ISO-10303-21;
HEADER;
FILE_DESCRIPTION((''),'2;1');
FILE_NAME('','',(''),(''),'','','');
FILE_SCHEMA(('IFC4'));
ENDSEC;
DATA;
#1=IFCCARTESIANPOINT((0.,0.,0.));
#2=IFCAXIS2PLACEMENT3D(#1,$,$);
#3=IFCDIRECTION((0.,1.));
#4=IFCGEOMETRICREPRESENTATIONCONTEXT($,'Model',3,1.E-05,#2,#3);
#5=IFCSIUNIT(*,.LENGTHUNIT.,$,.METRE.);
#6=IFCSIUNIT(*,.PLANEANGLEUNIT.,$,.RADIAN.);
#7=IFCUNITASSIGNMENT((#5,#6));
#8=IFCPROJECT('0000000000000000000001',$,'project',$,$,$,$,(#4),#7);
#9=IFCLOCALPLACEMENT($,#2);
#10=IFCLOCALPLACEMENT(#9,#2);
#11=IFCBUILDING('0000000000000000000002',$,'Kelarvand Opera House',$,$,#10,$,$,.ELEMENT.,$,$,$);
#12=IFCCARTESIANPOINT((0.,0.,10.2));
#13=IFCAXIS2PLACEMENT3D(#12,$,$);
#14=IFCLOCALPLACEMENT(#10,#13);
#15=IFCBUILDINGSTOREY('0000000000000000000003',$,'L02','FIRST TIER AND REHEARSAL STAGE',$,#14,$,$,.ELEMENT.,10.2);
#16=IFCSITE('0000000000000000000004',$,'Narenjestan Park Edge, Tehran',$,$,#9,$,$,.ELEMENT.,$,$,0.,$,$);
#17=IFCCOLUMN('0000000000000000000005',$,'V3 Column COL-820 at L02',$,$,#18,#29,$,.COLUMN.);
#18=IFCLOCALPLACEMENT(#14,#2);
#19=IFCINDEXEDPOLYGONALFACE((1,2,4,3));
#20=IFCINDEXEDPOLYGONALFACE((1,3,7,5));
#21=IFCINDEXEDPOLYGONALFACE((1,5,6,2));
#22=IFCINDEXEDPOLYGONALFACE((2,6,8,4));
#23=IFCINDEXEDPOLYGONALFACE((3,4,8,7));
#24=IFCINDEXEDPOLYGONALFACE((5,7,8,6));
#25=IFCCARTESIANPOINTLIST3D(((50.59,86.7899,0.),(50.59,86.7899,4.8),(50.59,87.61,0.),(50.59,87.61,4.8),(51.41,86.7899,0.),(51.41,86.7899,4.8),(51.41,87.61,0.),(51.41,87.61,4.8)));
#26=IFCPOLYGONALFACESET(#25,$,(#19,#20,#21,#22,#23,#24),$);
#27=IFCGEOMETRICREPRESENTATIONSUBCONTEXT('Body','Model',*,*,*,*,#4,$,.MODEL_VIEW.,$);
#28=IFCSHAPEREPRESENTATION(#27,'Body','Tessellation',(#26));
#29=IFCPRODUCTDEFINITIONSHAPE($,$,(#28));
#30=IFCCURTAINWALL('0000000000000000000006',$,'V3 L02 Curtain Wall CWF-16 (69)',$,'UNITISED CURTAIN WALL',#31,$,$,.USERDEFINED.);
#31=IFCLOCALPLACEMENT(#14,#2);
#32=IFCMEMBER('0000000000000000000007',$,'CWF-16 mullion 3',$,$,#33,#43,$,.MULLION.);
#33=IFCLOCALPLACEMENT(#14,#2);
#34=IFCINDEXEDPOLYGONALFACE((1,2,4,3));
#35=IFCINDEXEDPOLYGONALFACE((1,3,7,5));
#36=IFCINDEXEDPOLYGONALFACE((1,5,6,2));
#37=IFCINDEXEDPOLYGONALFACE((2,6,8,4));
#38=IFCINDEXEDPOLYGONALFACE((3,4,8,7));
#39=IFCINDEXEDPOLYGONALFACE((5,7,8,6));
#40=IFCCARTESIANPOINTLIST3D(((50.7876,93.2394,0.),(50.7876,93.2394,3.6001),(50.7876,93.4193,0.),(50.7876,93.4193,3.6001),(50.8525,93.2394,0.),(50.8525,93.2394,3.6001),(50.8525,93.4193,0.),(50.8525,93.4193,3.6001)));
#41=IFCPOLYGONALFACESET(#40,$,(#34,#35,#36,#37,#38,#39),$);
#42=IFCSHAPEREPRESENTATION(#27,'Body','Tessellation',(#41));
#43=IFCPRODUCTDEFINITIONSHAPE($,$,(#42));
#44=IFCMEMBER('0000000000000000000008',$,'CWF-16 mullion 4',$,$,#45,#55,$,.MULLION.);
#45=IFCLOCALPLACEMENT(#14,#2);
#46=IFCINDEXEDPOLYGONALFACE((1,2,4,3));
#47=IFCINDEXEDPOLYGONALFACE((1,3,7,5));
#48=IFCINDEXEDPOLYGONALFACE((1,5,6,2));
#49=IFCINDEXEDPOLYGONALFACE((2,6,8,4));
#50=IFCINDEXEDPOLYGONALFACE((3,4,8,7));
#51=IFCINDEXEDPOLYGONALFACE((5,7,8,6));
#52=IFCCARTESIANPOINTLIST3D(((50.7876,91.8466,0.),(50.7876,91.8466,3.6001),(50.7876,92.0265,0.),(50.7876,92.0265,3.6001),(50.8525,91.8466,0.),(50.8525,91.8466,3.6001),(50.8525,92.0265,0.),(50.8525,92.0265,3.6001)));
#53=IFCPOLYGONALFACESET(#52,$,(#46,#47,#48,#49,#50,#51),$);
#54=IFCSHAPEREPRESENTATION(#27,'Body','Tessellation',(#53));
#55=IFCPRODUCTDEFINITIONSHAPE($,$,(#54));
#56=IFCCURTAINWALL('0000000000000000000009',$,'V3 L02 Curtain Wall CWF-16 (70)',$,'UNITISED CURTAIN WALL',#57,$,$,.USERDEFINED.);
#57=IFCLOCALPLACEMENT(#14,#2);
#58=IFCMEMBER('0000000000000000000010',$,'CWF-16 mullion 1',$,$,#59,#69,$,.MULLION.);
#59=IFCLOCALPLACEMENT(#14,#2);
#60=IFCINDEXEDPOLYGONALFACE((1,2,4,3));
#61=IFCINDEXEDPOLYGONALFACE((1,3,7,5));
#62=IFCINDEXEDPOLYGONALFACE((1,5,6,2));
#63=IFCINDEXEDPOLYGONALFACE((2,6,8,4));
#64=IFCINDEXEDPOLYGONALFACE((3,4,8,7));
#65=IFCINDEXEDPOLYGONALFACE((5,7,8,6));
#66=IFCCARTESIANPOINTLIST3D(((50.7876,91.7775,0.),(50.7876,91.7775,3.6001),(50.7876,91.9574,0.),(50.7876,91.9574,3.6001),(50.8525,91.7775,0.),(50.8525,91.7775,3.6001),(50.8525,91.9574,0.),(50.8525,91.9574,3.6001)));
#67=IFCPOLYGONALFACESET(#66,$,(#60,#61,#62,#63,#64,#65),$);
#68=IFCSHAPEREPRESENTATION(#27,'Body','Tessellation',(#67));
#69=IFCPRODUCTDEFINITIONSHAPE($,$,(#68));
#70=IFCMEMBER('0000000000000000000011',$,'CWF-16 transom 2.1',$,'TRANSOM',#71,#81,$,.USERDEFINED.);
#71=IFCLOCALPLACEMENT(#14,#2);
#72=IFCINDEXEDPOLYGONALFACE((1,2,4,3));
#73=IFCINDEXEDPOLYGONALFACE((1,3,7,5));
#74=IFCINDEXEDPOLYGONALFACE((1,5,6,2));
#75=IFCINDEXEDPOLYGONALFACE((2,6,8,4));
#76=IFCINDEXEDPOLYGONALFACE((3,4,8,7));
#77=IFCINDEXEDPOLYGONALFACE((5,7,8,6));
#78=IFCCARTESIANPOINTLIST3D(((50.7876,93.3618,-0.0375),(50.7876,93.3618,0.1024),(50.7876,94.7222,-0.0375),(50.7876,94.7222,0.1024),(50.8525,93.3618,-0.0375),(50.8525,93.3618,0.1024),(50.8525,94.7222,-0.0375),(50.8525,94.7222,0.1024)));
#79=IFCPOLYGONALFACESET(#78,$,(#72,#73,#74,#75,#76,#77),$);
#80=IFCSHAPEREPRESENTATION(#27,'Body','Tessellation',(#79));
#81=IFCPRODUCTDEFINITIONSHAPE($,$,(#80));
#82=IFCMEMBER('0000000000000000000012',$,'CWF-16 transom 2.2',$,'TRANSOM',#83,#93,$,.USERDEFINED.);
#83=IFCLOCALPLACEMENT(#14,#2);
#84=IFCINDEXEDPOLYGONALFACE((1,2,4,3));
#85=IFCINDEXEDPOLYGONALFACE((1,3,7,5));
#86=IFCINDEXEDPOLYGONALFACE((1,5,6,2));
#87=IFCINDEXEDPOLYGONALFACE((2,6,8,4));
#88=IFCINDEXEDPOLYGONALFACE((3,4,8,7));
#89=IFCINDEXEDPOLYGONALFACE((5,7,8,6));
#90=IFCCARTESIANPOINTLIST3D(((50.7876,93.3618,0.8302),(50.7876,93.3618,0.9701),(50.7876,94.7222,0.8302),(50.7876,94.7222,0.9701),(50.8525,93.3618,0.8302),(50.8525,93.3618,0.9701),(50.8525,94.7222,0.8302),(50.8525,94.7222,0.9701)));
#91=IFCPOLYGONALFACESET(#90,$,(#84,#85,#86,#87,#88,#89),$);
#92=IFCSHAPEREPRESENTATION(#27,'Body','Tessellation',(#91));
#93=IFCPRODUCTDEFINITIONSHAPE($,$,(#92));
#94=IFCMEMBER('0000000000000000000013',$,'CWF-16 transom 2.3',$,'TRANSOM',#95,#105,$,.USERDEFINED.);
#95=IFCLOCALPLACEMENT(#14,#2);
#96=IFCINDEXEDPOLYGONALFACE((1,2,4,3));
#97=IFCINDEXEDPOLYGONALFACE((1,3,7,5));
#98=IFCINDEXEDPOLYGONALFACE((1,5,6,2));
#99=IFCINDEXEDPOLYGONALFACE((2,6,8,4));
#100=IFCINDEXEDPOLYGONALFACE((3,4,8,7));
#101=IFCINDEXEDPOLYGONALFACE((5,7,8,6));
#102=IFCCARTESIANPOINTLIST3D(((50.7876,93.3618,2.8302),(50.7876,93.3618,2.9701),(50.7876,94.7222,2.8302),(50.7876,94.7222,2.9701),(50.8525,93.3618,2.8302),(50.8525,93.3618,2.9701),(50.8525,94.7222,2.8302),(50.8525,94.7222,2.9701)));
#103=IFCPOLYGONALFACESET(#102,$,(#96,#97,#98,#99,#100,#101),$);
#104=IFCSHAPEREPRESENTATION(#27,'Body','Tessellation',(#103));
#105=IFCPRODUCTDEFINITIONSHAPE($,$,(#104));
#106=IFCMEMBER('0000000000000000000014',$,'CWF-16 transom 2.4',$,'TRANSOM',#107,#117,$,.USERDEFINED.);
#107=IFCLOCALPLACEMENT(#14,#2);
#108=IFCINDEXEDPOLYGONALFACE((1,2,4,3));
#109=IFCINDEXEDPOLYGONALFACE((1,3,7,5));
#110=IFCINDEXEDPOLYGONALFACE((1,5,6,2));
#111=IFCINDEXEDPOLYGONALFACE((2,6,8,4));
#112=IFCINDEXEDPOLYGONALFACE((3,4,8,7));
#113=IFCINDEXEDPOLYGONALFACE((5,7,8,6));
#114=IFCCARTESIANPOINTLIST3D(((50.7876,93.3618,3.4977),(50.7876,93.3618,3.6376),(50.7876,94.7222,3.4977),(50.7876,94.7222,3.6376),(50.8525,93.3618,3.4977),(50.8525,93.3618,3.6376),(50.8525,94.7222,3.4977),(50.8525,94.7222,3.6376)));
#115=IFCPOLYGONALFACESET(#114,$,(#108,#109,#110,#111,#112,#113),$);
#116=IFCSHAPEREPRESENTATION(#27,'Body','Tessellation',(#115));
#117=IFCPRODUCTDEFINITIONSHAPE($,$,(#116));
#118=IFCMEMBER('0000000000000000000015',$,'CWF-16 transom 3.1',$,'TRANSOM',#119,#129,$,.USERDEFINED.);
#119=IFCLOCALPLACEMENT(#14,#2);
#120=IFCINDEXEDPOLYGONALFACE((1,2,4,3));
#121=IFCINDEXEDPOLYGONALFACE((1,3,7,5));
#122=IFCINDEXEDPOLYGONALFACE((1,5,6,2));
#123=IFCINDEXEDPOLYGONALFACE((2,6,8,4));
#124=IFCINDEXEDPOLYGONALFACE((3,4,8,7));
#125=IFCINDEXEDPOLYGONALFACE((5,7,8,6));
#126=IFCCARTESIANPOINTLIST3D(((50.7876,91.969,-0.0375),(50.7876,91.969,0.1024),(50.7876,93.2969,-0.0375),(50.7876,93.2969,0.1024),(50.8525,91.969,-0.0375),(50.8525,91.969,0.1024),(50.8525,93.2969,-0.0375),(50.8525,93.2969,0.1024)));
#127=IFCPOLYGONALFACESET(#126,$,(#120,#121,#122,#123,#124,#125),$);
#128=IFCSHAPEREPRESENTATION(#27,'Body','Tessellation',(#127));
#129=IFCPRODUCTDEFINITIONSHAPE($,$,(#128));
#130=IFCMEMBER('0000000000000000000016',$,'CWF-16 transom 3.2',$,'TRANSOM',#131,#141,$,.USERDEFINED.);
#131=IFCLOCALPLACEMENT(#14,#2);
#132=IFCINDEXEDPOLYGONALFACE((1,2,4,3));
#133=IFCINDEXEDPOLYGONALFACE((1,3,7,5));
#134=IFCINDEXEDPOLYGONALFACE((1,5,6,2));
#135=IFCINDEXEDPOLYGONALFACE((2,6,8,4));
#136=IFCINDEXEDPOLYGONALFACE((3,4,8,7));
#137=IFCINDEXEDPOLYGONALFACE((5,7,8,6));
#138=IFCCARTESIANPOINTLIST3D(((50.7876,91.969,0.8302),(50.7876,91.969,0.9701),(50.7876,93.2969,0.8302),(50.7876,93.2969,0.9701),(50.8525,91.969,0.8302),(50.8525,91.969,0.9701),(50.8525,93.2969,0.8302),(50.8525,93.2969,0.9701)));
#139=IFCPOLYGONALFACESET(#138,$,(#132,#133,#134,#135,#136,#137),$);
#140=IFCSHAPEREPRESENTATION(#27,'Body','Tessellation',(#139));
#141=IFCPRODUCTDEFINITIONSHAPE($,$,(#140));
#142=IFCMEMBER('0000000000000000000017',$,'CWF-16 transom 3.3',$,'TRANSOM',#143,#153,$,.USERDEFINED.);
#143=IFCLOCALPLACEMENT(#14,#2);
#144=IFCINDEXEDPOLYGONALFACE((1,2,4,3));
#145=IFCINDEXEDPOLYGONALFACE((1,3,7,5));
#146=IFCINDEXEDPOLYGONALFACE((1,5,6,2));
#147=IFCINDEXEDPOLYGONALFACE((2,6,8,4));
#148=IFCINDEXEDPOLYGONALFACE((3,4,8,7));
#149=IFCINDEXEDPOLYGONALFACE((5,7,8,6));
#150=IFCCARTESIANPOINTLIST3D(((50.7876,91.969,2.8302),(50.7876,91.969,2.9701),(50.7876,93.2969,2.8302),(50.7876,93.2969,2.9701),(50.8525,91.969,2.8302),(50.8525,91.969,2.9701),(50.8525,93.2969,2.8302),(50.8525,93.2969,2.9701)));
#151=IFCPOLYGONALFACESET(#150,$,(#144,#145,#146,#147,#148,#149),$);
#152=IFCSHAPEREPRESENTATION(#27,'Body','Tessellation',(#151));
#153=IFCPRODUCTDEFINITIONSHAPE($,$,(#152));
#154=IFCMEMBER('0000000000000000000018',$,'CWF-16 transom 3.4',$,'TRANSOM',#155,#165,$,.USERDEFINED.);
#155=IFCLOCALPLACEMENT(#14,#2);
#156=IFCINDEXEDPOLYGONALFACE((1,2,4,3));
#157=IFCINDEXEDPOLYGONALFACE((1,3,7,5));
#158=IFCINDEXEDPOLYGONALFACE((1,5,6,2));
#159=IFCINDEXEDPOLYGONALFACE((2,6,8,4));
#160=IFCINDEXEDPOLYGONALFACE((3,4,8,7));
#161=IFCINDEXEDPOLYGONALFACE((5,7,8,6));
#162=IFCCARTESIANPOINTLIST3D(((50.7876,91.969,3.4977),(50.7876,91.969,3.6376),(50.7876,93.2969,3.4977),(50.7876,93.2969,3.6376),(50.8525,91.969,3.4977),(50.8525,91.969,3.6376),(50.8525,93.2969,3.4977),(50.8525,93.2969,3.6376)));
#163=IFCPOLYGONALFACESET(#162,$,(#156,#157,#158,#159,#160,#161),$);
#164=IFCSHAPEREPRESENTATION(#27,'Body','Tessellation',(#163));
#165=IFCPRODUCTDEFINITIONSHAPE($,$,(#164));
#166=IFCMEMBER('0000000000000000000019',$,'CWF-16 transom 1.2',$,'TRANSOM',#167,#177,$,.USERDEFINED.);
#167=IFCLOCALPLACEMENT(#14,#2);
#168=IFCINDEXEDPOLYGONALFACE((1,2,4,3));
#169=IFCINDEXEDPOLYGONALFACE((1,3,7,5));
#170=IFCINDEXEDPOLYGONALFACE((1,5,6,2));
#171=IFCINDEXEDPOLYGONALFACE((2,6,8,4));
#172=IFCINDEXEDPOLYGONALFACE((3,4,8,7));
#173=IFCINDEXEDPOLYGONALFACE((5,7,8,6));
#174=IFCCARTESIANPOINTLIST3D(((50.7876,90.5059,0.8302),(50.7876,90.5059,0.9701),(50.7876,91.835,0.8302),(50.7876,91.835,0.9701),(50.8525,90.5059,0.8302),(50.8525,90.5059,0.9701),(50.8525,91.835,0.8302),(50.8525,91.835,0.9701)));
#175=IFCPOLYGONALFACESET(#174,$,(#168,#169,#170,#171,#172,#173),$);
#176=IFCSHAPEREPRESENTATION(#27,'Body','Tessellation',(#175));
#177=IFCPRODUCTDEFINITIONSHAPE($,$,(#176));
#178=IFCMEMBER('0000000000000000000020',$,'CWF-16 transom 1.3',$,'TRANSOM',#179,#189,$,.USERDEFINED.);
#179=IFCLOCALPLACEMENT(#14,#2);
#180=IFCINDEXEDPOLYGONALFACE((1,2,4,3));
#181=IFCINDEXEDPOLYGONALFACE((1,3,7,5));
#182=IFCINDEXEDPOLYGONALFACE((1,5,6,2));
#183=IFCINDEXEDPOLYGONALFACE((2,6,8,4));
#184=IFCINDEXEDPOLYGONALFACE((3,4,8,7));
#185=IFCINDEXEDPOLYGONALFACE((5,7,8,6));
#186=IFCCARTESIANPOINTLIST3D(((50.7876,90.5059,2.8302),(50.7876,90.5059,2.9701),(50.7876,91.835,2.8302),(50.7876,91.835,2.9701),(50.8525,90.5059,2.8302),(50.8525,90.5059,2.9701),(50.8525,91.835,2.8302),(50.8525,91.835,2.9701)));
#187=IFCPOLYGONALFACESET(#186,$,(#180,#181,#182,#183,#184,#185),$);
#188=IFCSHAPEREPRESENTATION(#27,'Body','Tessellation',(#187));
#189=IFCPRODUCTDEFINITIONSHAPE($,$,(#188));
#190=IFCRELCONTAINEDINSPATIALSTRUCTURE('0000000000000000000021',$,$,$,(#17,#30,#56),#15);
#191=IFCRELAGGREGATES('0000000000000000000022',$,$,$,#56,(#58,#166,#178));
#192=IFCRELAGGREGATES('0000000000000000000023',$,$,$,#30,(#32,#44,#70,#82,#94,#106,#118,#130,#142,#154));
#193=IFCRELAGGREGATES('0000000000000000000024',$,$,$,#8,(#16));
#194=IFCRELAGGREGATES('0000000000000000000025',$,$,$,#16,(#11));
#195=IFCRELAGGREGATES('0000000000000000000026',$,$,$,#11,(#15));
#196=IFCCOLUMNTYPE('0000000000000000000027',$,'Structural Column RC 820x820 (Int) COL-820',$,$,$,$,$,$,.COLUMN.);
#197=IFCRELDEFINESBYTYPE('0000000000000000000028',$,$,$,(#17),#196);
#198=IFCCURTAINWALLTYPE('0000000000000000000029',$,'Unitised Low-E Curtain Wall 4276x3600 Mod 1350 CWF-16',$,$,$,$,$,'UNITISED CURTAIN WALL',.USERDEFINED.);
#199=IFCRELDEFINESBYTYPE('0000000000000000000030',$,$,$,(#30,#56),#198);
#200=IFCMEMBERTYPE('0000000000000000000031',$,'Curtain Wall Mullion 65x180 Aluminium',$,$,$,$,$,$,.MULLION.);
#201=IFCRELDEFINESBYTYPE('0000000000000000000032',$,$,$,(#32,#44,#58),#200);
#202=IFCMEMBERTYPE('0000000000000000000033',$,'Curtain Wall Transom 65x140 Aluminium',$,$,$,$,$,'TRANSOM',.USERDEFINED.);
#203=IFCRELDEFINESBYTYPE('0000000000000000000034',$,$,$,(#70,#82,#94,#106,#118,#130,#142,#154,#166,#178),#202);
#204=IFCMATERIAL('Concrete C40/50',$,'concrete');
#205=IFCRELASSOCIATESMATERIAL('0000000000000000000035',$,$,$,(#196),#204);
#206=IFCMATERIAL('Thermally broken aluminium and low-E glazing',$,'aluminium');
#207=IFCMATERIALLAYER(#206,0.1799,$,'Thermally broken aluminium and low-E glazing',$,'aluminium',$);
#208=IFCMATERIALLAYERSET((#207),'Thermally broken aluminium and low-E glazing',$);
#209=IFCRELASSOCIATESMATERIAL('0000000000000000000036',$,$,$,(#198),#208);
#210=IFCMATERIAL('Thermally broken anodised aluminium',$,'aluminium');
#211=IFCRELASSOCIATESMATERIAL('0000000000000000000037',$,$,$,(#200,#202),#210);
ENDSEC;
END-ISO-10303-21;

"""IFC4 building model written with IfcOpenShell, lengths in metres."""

from ifc_helpers import new_model, si_unit, direction, frame, origin, origin_2d, place, context, subcontext, project, spatial, rectangle, extrude, material, layer, layer_set, material_profile, profile_set, type_object, element, aggregate, save


model = new_model("IFC4")

# Units and contexts
model_context = context("Model", 3, precision=1e-05, world=origin(), true_north=direction((0.0, 1.0)))
body_context = subcontext(model_context, "Body", "Model", "MODEL_VIEW")
ifc_project = project(units=[si_unit("LENGTHUNIT", "METRE"), si_unit("PLANEANGLEUNIT", "RADIAN")], contexts=[model_context])

# Site, building, storey
site_placement = place(None, origin())
site = spatial("IfcSite", under=ifc_project, at=site_placement, Name="Narenjestan Park Edge, Tehran", CompositionType="ELEMENT", RefElevation=0.0)
building_placement = place(site_placement, origin())
building = spatial("IfcBuilding", under=site, at=building_placement, Name="Kelarvand Opera House", CompositionType="ELEMENT")
storey_placement = place(building_placement, frame((0.0, 0.0, 10.2)))
storey = spatial("IfcBuildingStorey", under=building, at=storey_placement, Name="L02", Description="FIRST TIER AND REHEARSAL STAGE", CompositionType="ELEMENT", Elevation=10.2)

# Column
ifc_material_1 = material(Name="Concrete C40/50", Category="concrete")
ifc_material_profile_1 = material_profile(ifc_material_1, rectangle(XDim=0.8201, YDim=0.8201, at=origin_2d()), Name="RC 820x820", Category="concrete")
ifc_profile_set_1 = profile_set([ifc_material_profile_1], Name="Concrete C40/50")
column_type = type_object("IfcColumnType", Name="Structural Column RC 820x820 (Int) COL-820", PredefinedType="COLUMN", material=ifc_profile_set_1)
column_placement = place(storey_placement, frame((51.0, 87.2, 0.0), z_axis=(0.0, 0.0, 1.0), x_axis=(1.0, 0.0, 0.0)))
element("IfcColumn", 1, at=column_placement, inside=storey, type_object=column_type, Name="V3 Column COL-820 at L02", PredefinedType="COLUMN", context=body_context, shape_type="SweptSolid", body=[
    extrude(rectangle(XDim=0.8201, YDim=0.8201, at=origin_2d()), origin(), (0.0, 0.0, 1.0), 4.8),
])

# Curtain wall, members
ifc_material_2 = material(Name="Thermally broken aluminium and low-E glazing", Category="aluminium")
ifc_layer_1 = layer(ifc_material_2, 0.1799, Name="Thermally broken aluminium and low-E glazing", Category="aluminium")
ifc_layer_set_1 = layer_set([ifc_layer_1], Name="Thermally broken aluminium and low-E glazing")
curtain_wall_type = type_object("IfcCurtainWallType", Name="Unitised Low-E Curtain Wall 4276x3600 Mod 1350 CWF-16", ElementType="UNITISED CURTAIN WALL", PredefinedType="USERDEFINED", material=ifc_layer_set_1)
curtain_wall_1_placement = place(storey_placement, origin())
curtain_wall_1 = element("IfcCurtainWall", 2, at=curtain_wall_1_placement, inside=storey, type_object=curtain_wall_type, Name="V3 L02 Curtain Wall CWF-16 (69)", ObjectType="UNITISED CURTAIN WALL", PredefinedType="USERDEFINED")
ifc_material_3 = material(Name="Thermally broken anodised aluminium", Category="aluminium")
ifc_material_profile_2 = material_profile(ifc_material_3, rectangle(XDim=0.0649, YDim=0.1799, at=origin_2d()), Name="ALU MULLION 65x180", Category="aluminium")
ifc_profile_set_2 = profile_set([ifc_material_profile_2], Name="Thermally broken anodised aluminium")
member_type_1 = type_object("IfcMemberType", Name="Curtain Wall Mullion 65x180 Aluminium", PredefinedType="MULLION", material=ifc_profile_set_2)
member_1_placement = place(storey_placement, frame((50.8201, 93.3293, 0.0), z_axis=(0.0, 0.0, 1.0), x_axis=(1.0, 0.0, 0.0)))
member_1 = element("IfcMember", 3, at=member_1_placement, type_object=member_type_1, Name="CWF-16 mullion 3", PredefinedType="MULLION", context=body_context, shape_type="SweptSolid", body=[
    extrude(rectangle(XDim=0.0649, YDim=0.1799, at=origin_2d()), origin(), (0.0, 0.0, 1.0), 3.6001),
])
member_2_placement = place(storey_placement, frame((50.8201, 91.9365, 0.0), z_axis=(0.0, 0.0, 1.0), x_axis=(1.0, 0.0, 0.0)))
member_2 = element("IfcMember", 4, at=member_2_placement, type_object=member_type_1, Name="CWF-16 mullion 4", PredefinedType="MULLION", context=body_context, shape_type="SweptSolid", body=[
    extrude(rectangle(XDim=0.0649, YDim=0.1799, at=origin_2d()), origin(), (0.0, 0.0, 1.0), 3.6001),
])

# Curtain wall, member
curtain_wall_2_placement = place(storey_placement, origin())
curtain_wall_2 = element("IfcCurtainWall", 5, at=curtain_wall_2_placement, inside=storey, type_object=curtain_wall_type, Name="V3 L02 Curtain Wall CWF-16 (70)", ObjectType="UNITISED CURTAIN WALL", PredefinedType="USERDEFINED")
member_3_placement = place(storey_placement, frame((50.8201, 91.8674, 0.0), z_axis=(0.0, 0.0, 1.0), x_axis=(1.0, 0.0, 0.0)))
member_3 = element("IfcMember", 6, at=member_3_placement, type_object=member_type_1, Name="CWF-16 mullion 1", PredefinedType="MULLION", context=body_context, shape_type="SweptSolid", body=[
    extrude(rectangle(XDim=0.0649, YDim=0.1799, at=origin_2d()), origin(), (0.0, 0.0, 1.0), 3.6001),
])

# Members
ifc_material_profile_3 = material_profile(ifc_material_3, rectangle(XDim=0.0649, YDim=0.1399, at=origin_2d()), Name="ALU TRANSOM 65x140", Category="aluminium")
ifc_profile_set_3 = profile_set([ifc_material_profile_3], Name="Thermally broken anodised aluminium")
member_type_2 = type_object("IfcMemberType", Name="Curtain Wall Transom 65x140 Aluminium", ElementType="TRANSOM", PredefinedType="USERDEFINED", material=ifc_profile_set_3)
member_4_placement = place(storey_placement, frame((50.8201, 94.7222, 0.0325), z_axis=(0.0, -1.0, 0.0), x_axis=(1.0, 0.0, 0.0)))
member_4 = element("IfcMember", 7, at=member_4_placement, type_object=member_type_2, Name="CWF-16 transom 2.1", ObjectType="TRANSOM", PredefinedType="USERDEFINED", context=body_context, shape_type="SweptSolid", body=[
    extrude(rectangle(XDim=0.0649, YDim=0.1399, at=origin_2d()), origin(), (0.0, 0.0, 1.0), 1.3604),
])
member_5_placement = place(storey_placement, frame((50.8201, 94.7222, 0.9001), z_axis=(0.0, -1.0, 0.0), x_axis=(1.0, 0.0, 0.0)))
member_5 = element("IfcMember", 8, at=member_5_placement, type_object=member_type_2, Name="CWF-16 transom 2.2", ObjectType="TRANSOM", PredefinedType="USERDEFINED", context=body_context, shape_type="SweptSolid", body=[
    extrude(rectangle(XDim=0.0649, YDim=0.1399, at=origin_2d()), origin(), (0.0, 0.0, 1.0), 1.3604),
])
member_6_placement = place(storey_placement, frame((50.8201, 94.7222, 2.9001), z_axis=(0.0, -1.0, 0.0), x_axis=(1.0, 0.0, 0.0)))
member_6 = element("IfcMember", 9, at=member_6_placement, type_object=member_type_2, Name="CWF-16 transom 2.3", ObjectType="TRANSOM", PredefinedType="USERDEFINED", context=body_context, shape_type="SweptSolid", body=[
    extrude(rectangle(XDim=0.0649, YDim=0.1399, at=origin_2d()), origin(), (0.0, 0.0, 1.0), 1.3604),
])
member_7_placement = place(storey_placement, frame((50.8201, 94.7222, 3.5676), z_axis=(0.0, -1.0, 0.0), x_axis=(1.0, 0.0, 0.0)))
member_7 = element("IfcMember", 10, at=member_7_placement, type_object=member_type_2, Name="CWF-16 transom 2.4", ObjectType="TRANSOM", PredefinedType="USERDEFINED", context=body_context, shape_type="SweptSolid", body=[
    extrude(rectangle(XDim=0.0649, YDim=0.1399, at=origin_2d()), origin(), (0.0, 0.0, 1.0), 1.3604),
])
member_8_placement = place(storey_placement, frame((50.8201, 93.2969, 0.0325), z_axis=(0.0, -1.0, 0.0), x_axis=(1.0, 0.0, 0.0)))
member_8 = element("IfcMember", 11, at=member_8_placement, type_object=member_type_2, Name="CWF-16 transom 3.1", ObjectType="TRANSOM", PredefinedType="USERDEFINED", context=body_context, shape_type="SweptSolid", body=[
    extrude(rectangle(XDim=0.0649, YDim=0.1399, at=origin_2d()), origin(), (0.0, 0.0, 1.0), 1.3279),
])
member_9_placement = place(storey_placement, frame((50.8201, 93.2969, 0.9001), z_axis=(0.0, -1.0, 0.0), x_axis=(1.0, 0.0, 0.0)))
member_9 = element("IfcMember", 12, at=member_9_placement, type_object=member_type_2, Name="CWF-16 transom 3.2", ObjectType="TRANSOM", PredefinedType="USERDEFINED", context=body_context, shape_type="SweptSolid", body=[
    extrude(rectangle(XDim=0.0649, YDim=0.1399, at=origin_2d()), origin(), (0.0, 0.0, 1.0), 1.3279),
])
member_10_placement = place(storey_placement, frame((50.8201, 93.2969, 2.9001), z_axis=(0.0, -1.0, 0.0), x_axis=(1.0, 0.0, 0.0)))
member_10 = element("IfcMember", 13, at=member_10_placement, type_object=member_type_2, Name="CWF-16 transom 3.3", ObjectType="TRANSOM", PredefinedType="USERDEFINED", context=body_context, shape_type="SweptSolid", body=[
    extrude(rectangle(XDim=0.0649, YDim=0.1399, at=origin_2d()), origin(), (0.0, 0.0, 1.0), 1.3279),
])
member_11_placement = place(storey_placement, frame((50.8201, 93.2969, 3.5676), z_axis=(0.0, -1.0, 0.0), x_axis=(1.0, 0.0, 0.0)))
member_11 = element("IfcMember", 14, at=member_11_placement, type_object=member_type_2, Name="CWF-16 transom 3.4", ObjectType="TRANSOM", PredefinedType="USERDEFINED", context=body_context, shape_type="SweptSolid", body=[
    extrude(rectangle(XDim=0.0649, YDim=0.1399, at=origin_2d()), origin(), (0.0, 0.0, 1.0), 1.3279),
])
member_12_placement = place(storey_placement, frame((50.8201, 91.835, 0.9001), z_axis=(0.0, -1.0, 0.0), x_axis=(1.0, 0.0, 0.0)))
member_12 = element("IfcMember", 15, at=member_12_placement, type_object=member_type_2, Name="CWF-16 transom 1.2", ObjectType="TRANSOM", PredefinedType="USERDEFINED", context=body_context, shape_type="SweptSolid", body=[
    extrude(rectangle(XDim=0.0649, YDim=0.1399, at=origin_2d()), origin(), (0.0, 0.0, 1.0), 1.3291),
])
member_13_placement = place(storey_placement, frame((50.8201, 91.835, 2.9001), z_axis=(0.0, -1.0, 0.0), x_axis=(1.0, 0.0, 0.0)))
member_13 = element("IfcMember", 16, at=member_13_placement, type_object=member_type_2, Name="CWF-16 transom 1.3", ObjectType="TRANSOM", PredefinedType="USERDEFINED", context=body_context, shape_type="SweptSolid", body=[
    extrude(rectangle(XDim=0.0649, YDim=0.1399, at=origin_2d()), origin(), (0.0, 0.0, 1.0), 1.3291),
])
aggregate(curtain_wall_2, [member_3, member_12, member_13])

aggregate(curtain_wall_1, [member_1, member_2, member_4, member_5, member_6, member_7, member_8, member_9, member_10, member_11])

save(model, "model.ifc")
